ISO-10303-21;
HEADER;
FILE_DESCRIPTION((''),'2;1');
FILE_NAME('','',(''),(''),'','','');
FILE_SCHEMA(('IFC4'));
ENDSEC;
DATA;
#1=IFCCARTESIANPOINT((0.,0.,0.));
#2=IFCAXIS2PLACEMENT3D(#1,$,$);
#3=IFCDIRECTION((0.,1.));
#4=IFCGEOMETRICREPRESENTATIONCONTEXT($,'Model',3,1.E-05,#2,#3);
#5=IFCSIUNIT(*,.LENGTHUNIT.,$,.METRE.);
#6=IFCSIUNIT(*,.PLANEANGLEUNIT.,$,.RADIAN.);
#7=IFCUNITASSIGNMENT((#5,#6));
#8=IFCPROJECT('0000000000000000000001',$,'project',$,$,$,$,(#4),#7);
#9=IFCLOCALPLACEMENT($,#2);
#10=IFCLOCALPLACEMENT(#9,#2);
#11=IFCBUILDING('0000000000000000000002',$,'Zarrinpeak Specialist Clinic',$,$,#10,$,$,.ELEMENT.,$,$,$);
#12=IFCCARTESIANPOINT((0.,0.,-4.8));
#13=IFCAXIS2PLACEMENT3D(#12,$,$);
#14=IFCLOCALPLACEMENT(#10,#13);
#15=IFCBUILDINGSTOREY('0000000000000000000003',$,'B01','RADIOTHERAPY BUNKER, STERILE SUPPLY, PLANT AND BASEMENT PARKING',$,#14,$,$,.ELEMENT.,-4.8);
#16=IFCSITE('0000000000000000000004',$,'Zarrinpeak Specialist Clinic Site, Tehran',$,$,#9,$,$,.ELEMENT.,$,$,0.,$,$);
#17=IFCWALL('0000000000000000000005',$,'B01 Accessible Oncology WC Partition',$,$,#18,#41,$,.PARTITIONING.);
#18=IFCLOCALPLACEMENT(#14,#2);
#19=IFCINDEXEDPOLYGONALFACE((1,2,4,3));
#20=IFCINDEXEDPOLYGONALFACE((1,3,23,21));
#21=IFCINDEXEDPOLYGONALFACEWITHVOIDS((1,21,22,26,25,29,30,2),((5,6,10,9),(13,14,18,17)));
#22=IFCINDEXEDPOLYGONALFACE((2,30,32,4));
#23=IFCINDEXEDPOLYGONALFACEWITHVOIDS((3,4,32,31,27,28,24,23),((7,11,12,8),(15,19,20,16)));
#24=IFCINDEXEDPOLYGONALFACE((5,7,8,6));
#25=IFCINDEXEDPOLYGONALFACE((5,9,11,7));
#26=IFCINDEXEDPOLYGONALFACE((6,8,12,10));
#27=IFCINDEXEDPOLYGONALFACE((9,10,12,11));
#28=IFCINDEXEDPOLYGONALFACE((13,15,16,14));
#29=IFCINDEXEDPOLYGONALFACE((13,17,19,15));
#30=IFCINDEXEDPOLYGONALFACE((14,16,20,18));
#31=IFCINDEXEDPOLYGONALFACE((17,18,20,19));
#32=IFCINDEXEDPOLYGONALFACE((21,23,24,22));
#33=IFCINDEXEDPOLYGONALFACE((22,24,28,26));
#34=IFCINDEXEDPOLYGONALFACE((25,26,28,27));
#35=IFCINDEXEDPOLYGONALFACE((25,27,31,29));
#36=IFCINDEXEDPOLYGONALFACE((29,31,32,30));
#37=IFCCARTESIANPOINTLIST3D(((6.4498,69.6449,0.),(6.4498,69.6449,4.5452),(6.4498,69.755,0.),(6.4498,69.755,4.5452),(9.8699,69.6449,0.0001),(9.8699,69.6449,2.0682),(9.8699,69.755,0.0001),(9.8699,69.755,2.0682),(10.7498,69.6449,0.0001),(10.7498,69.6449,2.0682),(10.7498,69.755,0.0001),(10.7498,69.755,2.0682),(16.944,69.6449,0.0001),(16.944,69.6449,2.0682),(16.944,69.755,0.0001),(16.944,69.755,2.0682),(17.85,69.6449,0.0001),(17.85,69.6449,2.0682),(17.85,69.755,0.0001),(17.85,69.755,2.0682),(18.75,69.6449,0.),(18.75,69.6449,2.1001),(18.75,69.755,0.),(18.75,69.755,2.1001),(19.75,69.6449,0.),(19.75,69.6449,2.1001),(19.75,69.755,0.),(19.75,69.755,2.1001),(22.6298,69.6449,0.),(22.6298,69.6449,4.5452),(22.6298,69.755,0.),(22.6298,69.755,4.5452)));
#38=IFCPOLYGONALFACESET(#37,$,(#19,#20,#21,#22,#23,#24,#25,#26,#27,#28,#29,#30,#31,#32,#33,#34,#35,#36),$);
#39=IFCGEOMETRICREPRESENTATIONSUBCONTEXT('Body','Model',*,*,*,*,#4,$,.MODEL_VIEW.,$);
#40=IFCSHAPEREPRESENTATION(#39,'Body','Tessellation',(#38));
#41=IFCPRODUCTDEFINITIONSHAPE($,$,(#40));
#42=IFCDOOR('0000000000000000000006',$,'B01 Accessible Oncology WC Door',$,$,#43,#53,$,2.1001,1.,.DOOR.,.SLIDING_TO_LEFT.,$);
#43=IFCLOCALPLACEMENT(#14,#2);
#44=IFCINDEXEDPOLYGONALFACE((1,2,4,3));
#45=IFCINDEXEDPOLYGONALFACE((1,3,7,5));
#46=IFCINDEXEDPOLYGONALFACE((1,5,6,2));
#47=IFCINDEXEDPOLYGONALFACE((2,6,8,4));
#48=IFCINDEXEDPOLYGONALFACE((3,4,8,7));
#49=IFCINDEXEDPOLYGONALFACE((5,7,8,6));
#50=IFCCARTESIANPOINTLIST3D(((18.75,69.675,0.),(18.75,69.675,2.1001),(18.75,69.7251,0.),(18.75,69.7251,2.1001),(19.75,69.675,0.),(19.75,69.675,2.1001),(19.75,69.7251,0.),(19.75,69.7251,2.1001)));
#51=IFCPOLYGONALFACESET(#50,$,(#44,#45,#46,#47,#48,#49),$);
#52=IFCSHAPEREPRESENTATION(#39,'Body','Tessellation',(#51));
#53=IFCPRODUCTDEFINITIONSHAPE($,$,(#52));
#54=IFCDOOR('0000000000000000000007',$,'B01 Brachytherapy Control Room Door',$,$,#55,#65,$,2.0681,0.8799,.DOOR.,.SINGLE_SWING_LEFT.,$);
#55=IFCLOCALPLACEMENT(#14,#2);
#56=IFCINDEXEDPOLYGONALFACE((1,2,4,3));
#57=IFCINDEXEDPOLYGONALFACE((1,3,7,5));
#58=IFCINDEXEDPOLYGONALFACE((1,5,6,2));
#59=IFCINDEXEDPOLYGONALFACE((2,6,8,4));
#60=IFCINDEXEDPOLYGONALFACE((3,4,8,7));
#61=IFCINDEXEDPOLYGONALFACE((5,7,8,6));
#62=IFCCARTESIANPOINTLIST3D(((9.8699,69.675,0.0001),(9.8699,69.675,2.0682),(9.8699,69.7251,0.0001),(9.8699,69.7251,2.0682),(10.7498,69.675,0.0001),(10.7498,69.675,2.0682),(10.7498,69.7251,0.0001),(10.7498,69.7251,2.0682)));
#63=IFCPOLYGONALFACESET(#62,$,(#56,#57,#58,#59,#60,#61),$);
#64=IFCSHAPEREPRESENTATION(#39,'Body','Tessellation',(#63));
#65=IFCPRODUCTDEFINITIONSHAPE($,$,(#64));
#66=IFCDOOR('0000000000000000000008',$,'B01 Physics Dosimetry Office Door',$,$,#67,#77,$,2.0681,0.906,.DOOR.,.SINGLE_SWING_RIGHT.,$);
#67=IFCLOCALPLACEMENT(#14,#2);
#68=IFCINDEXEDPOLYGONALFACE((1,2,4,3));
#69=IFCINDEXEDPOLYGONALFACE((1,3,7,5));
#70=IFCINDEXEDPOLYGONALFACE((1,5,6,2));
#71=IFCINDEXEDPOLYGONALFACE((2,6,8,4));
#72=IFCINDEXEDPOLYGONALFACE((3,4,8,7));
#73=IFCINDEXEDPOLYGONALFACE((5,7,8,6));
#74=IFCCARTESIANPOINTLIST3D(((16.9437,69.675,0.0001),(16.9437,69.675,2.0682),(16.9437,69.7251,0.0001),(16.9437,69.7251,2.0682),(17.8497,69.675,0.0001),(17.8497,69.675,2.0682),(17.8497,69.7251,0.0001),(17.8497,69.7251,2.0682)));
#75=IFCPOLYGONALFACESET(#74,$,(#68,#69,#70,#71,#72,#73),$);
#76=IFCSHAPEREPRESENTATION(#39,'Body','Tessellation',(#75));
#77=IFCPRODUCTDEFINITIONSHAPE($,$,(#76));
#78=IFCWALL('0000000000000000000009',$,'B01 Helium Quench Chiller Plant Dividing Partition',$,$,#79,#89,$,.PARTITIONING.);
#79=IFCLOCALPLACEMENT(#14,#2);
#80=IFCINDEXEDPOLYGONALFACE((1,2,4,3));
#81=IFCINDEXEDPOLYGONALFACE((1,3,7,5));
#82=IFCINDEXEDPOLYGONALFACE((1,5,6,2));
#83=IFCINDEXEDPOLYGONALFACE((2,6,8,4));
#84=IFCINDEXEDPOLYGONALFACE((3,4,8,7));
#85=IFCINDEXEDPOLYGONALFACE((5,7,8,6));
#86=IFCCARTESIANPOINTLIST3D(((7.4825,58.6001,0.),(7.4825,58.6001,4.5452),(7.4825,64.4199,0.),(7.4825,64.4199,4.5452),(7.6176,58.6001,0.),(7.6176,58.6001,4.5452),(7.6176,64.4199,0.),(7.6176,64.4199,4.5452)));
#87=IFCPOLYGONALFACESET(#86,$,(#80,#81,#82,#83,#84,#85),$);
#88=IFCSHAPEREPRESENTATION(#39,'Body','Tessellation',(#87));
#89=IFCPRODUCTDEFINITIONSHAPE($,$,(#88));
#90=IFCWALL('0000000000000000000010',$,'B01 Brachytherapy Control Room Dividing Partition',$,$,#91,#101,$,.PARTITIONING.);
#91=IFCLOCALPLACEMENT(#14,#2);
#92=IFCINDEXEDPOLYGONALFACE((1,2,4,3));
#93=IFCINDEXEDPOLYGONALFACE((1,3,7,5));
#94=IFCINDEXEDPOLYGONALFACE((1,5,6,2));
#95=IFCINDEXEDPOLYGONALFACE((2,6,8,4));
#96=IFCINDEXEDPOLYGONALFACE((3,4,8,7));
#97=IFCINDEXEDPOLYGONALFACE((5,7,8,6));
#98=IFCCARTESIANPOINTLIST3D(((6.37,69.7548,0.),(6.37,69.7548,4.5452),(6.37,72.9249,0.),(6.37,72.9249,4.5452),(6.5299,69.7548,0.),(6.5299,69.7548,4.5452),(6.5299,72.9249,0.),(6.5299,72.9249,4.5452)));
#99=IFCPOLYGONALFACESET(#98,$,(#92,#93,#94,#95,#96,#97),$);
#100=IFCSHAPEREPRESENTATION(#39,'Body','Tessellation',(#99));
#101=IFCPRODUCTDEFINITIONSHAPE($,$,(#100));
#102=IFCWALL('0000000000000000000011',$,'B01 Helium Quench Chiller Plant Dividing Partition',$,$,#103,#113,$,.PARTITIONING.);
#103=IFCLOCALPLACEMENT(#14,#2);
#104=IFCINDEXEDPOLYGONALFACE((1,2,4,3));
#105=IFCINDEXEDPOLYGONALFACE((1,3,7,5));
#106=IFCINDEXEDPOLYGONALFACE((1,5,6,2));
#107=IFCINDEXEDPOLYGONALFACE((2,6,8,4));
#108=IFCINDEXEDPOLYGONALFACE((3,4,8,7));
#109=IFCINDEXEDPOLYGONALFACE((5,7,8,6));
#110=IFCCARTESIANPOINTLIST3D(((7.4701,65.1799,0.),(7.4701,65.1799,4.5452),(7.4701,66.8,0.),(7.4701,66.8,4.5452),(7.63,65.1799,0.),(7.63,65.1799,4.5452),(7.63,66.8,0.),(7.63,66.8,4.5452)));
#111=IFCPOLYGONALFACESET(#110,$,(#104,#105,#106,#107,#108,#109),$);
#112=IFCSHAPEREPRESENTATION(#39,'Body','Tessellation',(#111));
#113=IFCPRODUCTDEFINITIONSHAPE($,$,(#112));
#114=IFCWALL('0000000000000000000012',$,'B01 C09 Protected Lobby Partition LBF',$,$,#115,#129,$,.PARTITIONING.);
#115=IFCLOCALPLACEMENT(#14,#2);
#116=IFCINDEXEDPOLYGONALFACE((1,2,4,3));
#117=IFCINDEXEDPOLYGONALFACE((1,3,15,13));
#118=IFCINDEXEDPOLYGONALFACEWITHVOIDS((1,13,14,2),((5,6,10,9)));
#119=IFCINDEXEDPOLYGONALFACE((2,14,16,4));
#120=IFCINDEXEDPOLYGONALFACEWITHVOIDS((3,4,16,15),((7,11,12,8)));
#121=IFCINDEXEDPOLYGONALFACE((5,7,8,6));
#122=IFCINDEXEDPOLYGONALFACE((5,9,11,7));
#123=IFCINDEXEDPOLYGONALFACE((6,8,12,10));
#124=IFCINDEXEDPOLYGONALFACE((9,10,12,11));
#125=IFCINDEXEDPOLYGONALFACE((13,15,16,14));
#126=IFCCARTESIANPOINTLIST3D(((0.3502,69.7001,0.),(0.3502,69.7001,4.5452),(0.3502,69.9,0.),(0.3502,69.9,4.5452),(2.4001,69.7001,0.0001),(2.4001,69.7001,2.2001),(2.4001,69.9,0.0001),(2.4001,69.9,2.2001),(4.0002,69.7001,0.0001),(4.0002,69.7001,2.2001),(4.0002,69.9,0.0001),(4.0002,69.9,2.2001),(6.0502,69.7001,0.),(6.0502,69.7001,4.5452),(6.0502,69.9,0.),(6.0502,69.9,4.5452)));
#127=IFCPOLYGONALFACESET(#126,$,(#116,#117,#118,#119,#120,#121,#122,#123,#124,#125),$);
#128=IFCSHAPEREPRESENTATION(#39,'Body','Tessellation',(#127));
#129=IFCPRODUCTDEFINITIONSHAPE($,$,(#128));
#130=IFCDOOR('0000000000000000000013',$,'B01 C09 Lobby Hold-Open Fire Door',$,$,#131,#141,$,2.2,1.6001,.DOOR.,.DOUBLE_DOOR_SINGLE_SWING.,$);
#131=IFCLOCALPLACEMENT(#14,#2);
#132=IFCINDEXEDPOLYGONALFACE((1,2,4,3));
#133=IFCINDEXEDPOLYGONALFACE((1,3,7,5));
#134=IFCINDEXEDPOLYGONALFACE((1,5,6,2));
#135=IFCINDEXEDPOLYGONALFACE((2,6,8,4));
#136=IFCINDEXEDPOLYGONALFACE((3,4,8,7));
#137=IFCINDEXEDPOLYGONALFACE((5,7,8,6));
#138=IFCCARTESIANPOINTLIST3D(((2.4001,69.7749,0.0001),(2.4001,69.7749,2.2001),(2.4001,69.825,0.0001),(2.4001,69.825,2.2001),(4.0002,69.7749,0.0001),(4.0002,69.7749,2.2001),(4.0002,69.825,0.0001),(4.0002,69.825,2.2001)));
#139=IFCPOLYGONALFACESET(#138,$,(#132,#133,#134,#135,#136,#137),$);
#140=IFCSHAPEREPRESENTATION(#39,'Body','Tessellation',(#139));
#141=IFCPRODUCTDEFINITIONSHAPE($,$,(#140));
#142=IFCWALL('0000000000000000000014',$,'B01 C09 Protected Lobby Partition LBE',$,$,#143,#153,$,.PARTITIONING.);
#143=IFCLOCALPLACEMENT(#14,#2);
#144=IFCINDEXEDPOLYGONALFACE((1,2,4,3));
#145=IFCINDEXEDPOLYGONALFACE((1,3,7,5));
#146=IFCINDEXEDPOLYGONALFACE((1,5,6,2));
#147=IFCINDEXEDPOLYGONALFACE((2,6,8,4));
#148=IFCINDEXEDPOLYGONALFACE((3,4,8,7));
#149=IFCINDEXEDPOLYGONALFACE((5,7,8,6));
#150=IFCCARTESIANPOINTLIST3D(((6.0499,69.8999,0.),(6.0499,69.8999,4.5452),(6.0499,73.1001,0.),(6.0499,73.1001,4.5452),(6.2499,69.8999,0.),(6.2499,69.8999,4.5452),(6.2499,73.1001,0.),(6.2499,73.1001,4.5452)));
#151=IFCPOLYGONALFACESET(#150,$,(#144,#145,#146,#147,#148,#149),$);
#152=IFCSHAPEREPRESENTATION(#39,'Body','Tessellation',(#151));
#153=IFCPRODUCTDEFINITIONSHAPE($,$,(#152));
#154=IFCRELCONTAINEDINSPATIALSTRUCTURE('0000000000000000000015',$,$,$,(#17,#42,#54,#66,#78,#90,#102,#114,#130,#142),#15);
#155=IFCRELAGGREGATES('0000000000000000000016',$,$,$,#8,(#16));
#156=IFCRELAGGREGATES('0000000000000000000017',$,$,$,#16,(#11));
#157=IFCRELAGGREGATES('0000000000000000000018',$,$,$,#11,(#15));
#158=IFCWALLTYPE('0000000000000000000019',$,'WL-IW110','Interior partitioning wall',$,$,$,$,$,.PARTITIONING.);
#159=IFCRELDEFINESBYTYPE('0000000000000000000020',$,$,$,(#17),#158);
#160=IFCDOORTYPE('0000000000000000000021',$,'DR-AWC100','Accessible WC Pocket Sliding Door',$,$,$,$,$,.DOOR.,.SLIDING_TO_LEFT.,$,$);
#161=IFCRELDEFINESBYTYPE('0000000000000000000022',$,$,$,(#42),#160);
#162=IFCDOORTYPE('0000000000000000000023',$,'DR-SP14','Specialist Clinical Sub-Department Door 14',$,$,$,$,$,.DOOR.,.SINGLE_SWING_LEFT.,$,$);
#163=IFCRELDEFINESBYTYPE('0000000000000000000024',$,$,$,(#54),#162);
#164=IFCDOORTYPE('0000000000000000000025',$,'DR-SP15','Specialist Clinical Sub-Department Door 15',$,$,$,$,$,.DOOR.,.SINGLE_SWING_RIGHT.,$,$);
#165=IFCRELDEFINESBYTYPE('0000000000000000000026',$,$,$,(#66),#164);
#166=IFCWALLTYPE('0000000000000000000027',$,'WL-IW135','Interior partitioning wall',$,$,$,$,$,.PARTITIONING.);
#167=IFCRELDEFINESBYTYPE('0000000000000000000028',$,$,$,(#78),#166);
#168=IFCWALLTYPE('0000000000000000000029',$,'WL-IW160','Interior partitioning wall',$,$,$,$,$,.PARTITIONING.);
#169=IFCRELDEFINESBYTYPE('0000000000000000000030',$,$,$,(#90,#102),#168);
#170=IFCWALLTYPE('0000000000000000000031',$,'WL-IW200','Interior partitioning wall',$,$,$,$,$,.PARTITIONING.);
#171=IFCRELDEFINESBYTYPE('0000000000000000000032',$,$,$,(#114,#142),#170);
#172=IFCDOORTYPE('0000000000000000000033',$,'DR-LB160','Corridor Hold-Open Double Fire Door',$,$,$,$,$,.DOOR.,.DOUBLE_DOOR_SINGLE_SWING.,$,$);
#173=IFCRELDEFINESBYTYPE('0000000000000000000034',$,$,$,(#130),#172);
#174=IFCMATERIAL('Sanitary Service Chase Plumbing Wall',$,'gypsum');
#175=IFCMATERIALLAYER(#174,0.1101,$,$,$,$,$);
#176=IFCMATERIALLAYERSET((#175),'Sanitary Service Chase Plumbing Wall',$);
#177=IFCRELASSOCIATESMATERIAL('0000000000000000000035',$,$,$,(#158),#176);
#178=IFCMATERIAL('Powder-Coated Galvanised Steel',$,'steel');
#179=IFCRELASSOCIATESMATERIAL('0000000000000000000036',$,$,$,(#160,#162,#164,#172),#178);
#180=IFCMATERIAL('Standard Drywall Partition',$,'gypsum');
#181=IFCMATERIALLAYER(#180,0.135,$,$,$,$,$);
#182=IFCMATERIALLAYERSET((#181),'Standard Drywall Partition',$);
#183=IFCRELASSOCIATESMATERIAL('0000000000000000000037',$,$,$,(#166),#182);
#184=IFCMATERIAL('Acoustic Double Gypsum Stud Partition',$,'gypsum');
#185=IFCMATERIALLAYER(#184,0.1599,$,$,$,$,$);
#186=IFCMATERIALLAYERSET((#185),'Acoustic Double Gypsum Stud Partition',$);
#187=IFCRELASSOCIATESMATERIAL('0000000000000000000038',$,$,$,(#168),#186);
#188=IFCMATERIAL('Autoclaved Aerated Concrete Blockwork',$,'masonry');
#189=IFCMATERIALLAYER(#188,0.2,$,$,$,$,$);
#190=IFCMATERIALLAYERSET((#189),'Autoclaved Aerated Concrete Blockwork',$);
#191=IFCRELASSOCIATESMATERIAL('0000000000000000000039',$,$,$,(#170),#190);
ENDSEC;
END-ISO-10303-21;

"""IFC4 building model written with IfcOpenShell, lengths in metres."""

from ifc_helpers import new_model, si_unit, direction, frame, frame_2d, origin, place, context, subcontext, project, spatial, rectangle, extrude, material, layer, layer_set, type_object, element, fill, save


model = new_model("IFC4")

# Units and contexts
model_context = context("Model", 3, precision=1e-05, world=origin(), true_north=direction((0.0, 1.0)))
body_context = subcontext(model_context, "Body", "Model", "MODEL_VIEW")
ifc_project = project(units=[si_unit("LENGTHUNIT", "METRE"), si_unit("PLANEANGLEUNIT", "RADIAN")], contexts=[model_context])

# Site, building, storey
site_placement = place(None, origin())
site = spatial("IfcSite", under=ifc_project, at=site_placement, Name="Zarrinpeak Specialist Clinic Site, Tehran", CompositionType="ELEMENT", RefElevation=0.0)
building_placement = place(site_placement, origin())
building = spatial("IfcBuilding", under=site, at=building_placement, Name="Zarrinpeak Specialist Clinic", CompositionType="ELEMENT")
storey_placement = place(building_placement, frame((0.0, 0.0, -4.8)))
storey = spatial("IfcBuildingStorey", under=building, at=storey_placement, Name="B01", Description="RADIOTHERAPY BUNKER, STERILE SUPPLY, PLANT AND BASEMENT PARKING", CompositionType="ELEMENT", Elevation=-4.8)

# Wall, openings, doors
ifc_material_1 = material(Name="Sanitary Service Chase Plumbing Wall", Category="gypsum")
ifc_layer_1 = layer(ifc_material_1, 0.1101)
ifc_layer_set_1 = layer_set([ifc_layer_1], Name="Sanitary Service Chase Plumbing Wall")
wall_type_1 = type_object("IfcWallType", Name="WL-IW110", Description="Interior partitioning wall", PredefinedType="PARTITIONING", material=ifc_layer_set_1)
wall_1_placement = place(storey_placement, frame((6.45, 69.7, 0.0), z_axis=(0.0, 0.0, 1.0), x_axis=(1.0, 0.0, 0.0)))
wall_1 = element("IfcWall", 1, at=wall_1_placement, inside=storey, type_object=wall_type_1, Name="B01 Accessible Oncology WC Partition", PredefinedType="PARTITIONING", context=body_context, shape_type="SweptSolid", body=[
    extrude(rectangle(XDim=16.1799, YDim=0.1101, at=frame_2d((8.0898, 0.0))), origin(), (0.0, 0.0, 1.0), 4.5452),
])
opening_1_placement = place(wall_1_placement, frame((12.3, 0.0, 0.0)))
opening_1 = element("IfcOpeningElement", 2, at=opening_1_placement, cuts=wall_1, PredefinedType="OPENING", context=body_context, shape_type="SweptSolid", body=[
    extrude(rectangle(XDim=1.0, YDim=2.1001, at=frame_2d((0.5, 1.05))), frame((0.0, 0.0649, 0.0), z_axis=(0.0, -1.0, 0.0), x_axis=(1.0, 0.0, 0.0)), (0.0, 0.0, 1.0), 0.1301),
])
opening_2_placement = place(wall_1_placement, frame((3.4199, 0.0, 0.0)))
opening_2 = element("IfcOpeningElement", 3, at=opening_2_placement, cuts=wall_1, PredefinedType="OPENING", context=body_context, shape_type="SweptSolid", body=[
    extrude(rectangle(XDim=0.8799, YDim=2.0681, at=frame_2d((0.4399, 1.0342))), frame((0.0, 0.0649, 0.0), z_axis=(0.0, -1.0, 0.0), x_axis=(1.0, 0.0, 0.0)), (0.0, 0.0, 1.0), 0.1301),
])
opening_3_placement = place(wall_1_placement, frame((10.4939, 0.0, 0.0)))
opening_3 = element("IfcOpeningElement", 4, at=opening_3_placement, cuts=wall_1, PredefinedType="OPENING", context=body_context, shape_type="SweptSolid", body=[
    extrude(rectangle(XDim=0.906, YDim=2.0681, at=frame_2d((0.4531, 1.0342))), frame((0.0, 0.0649, 0.0), z_axis=(0.0, -1.0, 0.0), x_axis=(1.0, 0.0, 0.0)), (0.0, 0.0, 1.0), 0.1301),
])
ifc_material_2 = material(Name="Powder-Coated Galvanised Steel", Category="steel")
door_type_1 = type_object("IfcDoorType", Name="DR-AWC100", Description="Accessible WC Pocket Sliding Door", OperationType="SLIDING_TO_LEFT", PredefinedType="DOOR", material=ifc_material_2)
door_1_placement = place(opening_1_placement, frame((1.0, 0.0, 0.0), z_axis=(0.0, 0.0, 1.0), x_axis=(-1.0, 0.0, 0.0)))
door_1 = element("IfcDoor", 5, at=door_1_placement, inside=storey, type_object=door_type_1, Name="B01 Accessible Oncology WC Door", OperationType="SLIDING_TO_LEFT", OverallHeight=2.1001, OverallWidth=1.0, PredefinedType="DOOR", context=body_context, shape_type="SweptSolid", body=[
    extrude(rectangle(XDim=1.0, YDim=2.1001, at=frame_2d((0.5, 1.05))), frame((0.0, 0.0249, 0.0), z_axis=(0.0, -1.0, 0.0), x_axis=(1.0, 0.0, 0.0)), (0.0, 0.0, 1.0), 0.05),
])
fill(opening_1, door_1)
door_type_2 = type_object("IfcDoorType", Name="DR-SP14", Description="Specialist Clinical Sub-Department Door 14", OperationType="SINGLE_SWING_LEFT", PredefinedType="DOOR", material=ifc_material_2)
door_2_placement = place(opening_2_placement, frame((0.8799, 0.0, 0.0), z_axis=(0.0, 0.0, 1.0), x_axis=(-1.0, 0.0, 0.0)))
door_2 = element("IfcDoor", 6, at=door_2_placement, inside=storey, type_object=door_type_2, Name="B01 Brachytherapy Control Room Door", OperationType="SINGLE_SWING_LEFT", OverallHeight=2.0681, OverallWidth=0.8799, PredefinedType="DOOR", context=body_context, shape_type="SweptSolid", body=[
    extrude(rectangle(XDim=0.8799, YDim=2.0681, at=frame_2d((0.4399, 1.0342))), frame((0.0, 0.0249, 0.0), z_axis=(0.0, -1.0, 0.0), x_axis=(1.0, 0.0, 0.0)), (0.0, 0.0, 1.0), 0.05),
])
fill(opening_2, door_2)
door_type_3 = type_object("IfcDoorType", Name="DR-SP15", Description="Specialist Clinical Sub-Department Door 15", OperationType="SINGLE_SWING_RIGHT", PredefinedType="DOOR", material=ifc_material_2)
door_3_placement = place(opening_3_placement, frame((0.906, 0.0, 0.0), z_axis=(0.0, 0.0, 1.0), x_axis=(-1.0, 0.0, 0.0)))
door_3 = element("IfcDoor", 7, at=door_3_placement, inside=storey, type_object=door_type_3, Name="B01 Physics Dosimetry Office Door", OperationType="SINGLE_SWING_RIGHT", OverallHeight=2.0681, OverallWidth=0.906, PredefinedType="DOOR", context=body_context, shape_type="SweptSolid", body=[
    extrude(rectangle(XDim=0.906, YDim=2.0681, at=frame_2d((0.4531, 1.0342))), frame((0.0, 0.0249, 0.0), z_axis=(0.0, -1.0, 0.0), x_axis=(1.0, 0.0, 0.0)), (0.0, 0.0, 1.0), 0.05),
])
fill(opening_3, door_3)

# Walls
ifc_material_3 = material(Name="Standard Drywall Partition", Category="gypsum")
ifc_layer_2 = layer(ifc_material_3, 0.135)
ifc_layer_set_2 = layer_set([ifc_layer_2], Name="Standard Drywall Partition")
wall_type_2 = type_object("IfcWallType", Name="WL-IW135", Description="Interior partitioning wall", PredefinedType="PARTITIONING", material=ifc_layer_set_2)
wall_2_placement = place(storey_placement, frame((7.55, 58.6001, 0.0), z_axis=(0.0, 0.0, 1.0), x_axis=(0.0, 1.0, 0.0)))
element("IfcWall", 8, at=wall_2_placement, inside=storey, type_object=wall_type_2, Name="B01 Helium Quench Chiller Plant Dividing Partition", PredefinedType="PARTITIONING", context=body_context, shape_type="SweptSolid", body=[
    extrude(rectangle(XDim=5.8198, YDim=0.135, at=frame_2d((2.9099, 0.0))), origin(), (0.0, 0.0, 1.0), 4.5452),
])
ifc_material_4 = material(Name="Acoustic Double Gypsum Stud Partition", Category="gypsum")
ifc_layer_3 = layer(ifc_material_4, 0.1599)
ifc_layer_set_3 = layer_set([ifc_layer_3], Name="Acoustic Double Gypsum Stud Partition")
wall_type_3 = type_object("IfcWallType", Name="WL-IW160", Description="Interior partitioning wall", PredefinedType="PARTITIONING", material=ifc_layer_set_3)
wall_3_placement = place(storey_placement, frame((6.45, 69.7549, 0.0), z_axis=(0.0, 0.0, 1.0), x_axis=(0.0, 1.0, 0.0)))
element("IfcWall", 9, at=wall_3_placement, inside=storey, type_object=wall_type_3, Name="B01 Brachytherapy Control Room Dividing Partition", PredefinedType="PARTITIONING", context=body_context, shape_type="SweptSolid", body=[
    extrude(rectangle(XDim=3.1702, YDim=0.1599, at=frame_2d((1.585, 0.0))), origin(), (0.0, 0.0, 1.0), 4.5452),
])
wall_4_placement = place(storey_placement, frame((7.55, 65.1799, 0.0), z_axis=(0.0, 0.0, 1.0), x_axis=(0.0, 1.0, 0.0)))
element("IfcWall", 10, at=wall_4_placement, inside=storey, type_object=wall_type_3, Name="B01 Helium Quench Chiller Plant Dividing Partition", PredefinedType="PARTITIONING", context=body_context, shape_type="SweptSolid", body=[
    extrude(rectangle(XDim=1.6201, YDim=0.1599, at=frame_2d((0.8101, 0.0))), origin(), (0.0, 0.0, 1.0), 4.5452),
])

# Wall, opening, door
ifc_material_5 = material(Name="Autoclaved Aerated Concrete Blockwork", Category="masonry")
ifc_layer_4 = layer(ifc_material_5, 0.2)
ifc_layer_set_4 = layer_set([ifc_layer_4], Name="Autoclaved Aerated Concrete Blockwork")
wall_type_4 = type_object("IfcWallType", Name="WL-IW200", Description="Interior partitioning wall", PredefinedType="PARTITIONING", material=ifc_layer_set_4)
wall_5_placement = place(storey_placement, frame((0.3501, 69.8, 0.0), z_axis=(0.0, 0.0, 1.0), x_axis=(1.0, 0.0, 0.0)))
wall_5 = element("IfcWall", 11, at=wall_5_placement, inside=storey, type_object=wall_type_4, Name="B01 C09 Protected Lobby Partition LBF", PredefinedType="PARTITIONING", context=body_context, shape_type="SweptSolid", body=[
    extrude(rectangle(XDim=5.7, YDim=0.2, at=frame_2d((2.8501, 0.0))), origin(), (0.0, 0.0, 1.0), 4.5452),
])
opening_4_placement = place(wall_5_placement, frame((2.05, 0.0, 0.0)))
opening_4 = element("IfcOpeningElement", 12, at=opening_4_placement, cuts=wall_5, PredefinedType="OPENING", context=body_context, shape_type="SweptSolid", body=[
    extrude(rectangle(XDim=1.6001, YDim=2.2, at=frame_2d((0.8, 1.1001))), frame((0.0, 0.1099, 0.0), z_axis=(0.0, -1.0, 0.0), x_axis=(1.0, 0.0, 0.0)), (0.0, 0.0, 1.0), 0.22),
])
door_type_4 = type_object("IfcDoorType", Name="DR-LB160", Description="Corridor Hold-Open Double Fire Door", OperationType="DOUBLE_DOOR_SINGLE_SWING", PredefinedType="DOOR", material=ifc_material_2)
door_4_placement = place(opening_4_placement, origin())
door_4 = element("IfcDoor", 13, at=door_4_placement, inside=storey, type_object=door_type_4, Name="B01 C09 Lobby Hold-Open Fire Door", OperationType="DOUBLE_DOOR_SINGLE_SWING", OverallHeight=2.2, OverallWidth=1.6001, PredefinedType="DOOR", context=body_context, shape_type="SweptSolid", body=[
    extrude(rectangle(XDim=1.6001, YDim=2.2, at=frame_2d((0.8, 1.1001))), frame((0.0, 0.0249, 0.0), z_axis=(0.0, -1.0, 0.0), x_axis=(1.0, 0.0, 0.0)), (0.0, 0.0, 1.0), 0.05),
])
fill(opening_4, door_4)

# Wall
wall_6_placement = place(storey_placement, frame((6.1499, 69.8999, 0.0), z_axis=(0.0, 0.0, 1.0), x_axis=(0.0, 1.0, 0.0)))
element("IfcWall", 14, at=wall_6_placement, inside=storey, type_object=wall_type_4, Name="B01 C09 Protected Lobby Partition LBE", PredefinedType="PARTITIONING", context=body_context, shape_type="SweptSolid", body=[
    extrude(rectangle(XDim=3.2002, YDim=0.2, at=frame_2d((1.6001, 0.0))), origin(), (0.0, 0.0, 1.0), 4.5452),
])

save(model, "model.ifc")
